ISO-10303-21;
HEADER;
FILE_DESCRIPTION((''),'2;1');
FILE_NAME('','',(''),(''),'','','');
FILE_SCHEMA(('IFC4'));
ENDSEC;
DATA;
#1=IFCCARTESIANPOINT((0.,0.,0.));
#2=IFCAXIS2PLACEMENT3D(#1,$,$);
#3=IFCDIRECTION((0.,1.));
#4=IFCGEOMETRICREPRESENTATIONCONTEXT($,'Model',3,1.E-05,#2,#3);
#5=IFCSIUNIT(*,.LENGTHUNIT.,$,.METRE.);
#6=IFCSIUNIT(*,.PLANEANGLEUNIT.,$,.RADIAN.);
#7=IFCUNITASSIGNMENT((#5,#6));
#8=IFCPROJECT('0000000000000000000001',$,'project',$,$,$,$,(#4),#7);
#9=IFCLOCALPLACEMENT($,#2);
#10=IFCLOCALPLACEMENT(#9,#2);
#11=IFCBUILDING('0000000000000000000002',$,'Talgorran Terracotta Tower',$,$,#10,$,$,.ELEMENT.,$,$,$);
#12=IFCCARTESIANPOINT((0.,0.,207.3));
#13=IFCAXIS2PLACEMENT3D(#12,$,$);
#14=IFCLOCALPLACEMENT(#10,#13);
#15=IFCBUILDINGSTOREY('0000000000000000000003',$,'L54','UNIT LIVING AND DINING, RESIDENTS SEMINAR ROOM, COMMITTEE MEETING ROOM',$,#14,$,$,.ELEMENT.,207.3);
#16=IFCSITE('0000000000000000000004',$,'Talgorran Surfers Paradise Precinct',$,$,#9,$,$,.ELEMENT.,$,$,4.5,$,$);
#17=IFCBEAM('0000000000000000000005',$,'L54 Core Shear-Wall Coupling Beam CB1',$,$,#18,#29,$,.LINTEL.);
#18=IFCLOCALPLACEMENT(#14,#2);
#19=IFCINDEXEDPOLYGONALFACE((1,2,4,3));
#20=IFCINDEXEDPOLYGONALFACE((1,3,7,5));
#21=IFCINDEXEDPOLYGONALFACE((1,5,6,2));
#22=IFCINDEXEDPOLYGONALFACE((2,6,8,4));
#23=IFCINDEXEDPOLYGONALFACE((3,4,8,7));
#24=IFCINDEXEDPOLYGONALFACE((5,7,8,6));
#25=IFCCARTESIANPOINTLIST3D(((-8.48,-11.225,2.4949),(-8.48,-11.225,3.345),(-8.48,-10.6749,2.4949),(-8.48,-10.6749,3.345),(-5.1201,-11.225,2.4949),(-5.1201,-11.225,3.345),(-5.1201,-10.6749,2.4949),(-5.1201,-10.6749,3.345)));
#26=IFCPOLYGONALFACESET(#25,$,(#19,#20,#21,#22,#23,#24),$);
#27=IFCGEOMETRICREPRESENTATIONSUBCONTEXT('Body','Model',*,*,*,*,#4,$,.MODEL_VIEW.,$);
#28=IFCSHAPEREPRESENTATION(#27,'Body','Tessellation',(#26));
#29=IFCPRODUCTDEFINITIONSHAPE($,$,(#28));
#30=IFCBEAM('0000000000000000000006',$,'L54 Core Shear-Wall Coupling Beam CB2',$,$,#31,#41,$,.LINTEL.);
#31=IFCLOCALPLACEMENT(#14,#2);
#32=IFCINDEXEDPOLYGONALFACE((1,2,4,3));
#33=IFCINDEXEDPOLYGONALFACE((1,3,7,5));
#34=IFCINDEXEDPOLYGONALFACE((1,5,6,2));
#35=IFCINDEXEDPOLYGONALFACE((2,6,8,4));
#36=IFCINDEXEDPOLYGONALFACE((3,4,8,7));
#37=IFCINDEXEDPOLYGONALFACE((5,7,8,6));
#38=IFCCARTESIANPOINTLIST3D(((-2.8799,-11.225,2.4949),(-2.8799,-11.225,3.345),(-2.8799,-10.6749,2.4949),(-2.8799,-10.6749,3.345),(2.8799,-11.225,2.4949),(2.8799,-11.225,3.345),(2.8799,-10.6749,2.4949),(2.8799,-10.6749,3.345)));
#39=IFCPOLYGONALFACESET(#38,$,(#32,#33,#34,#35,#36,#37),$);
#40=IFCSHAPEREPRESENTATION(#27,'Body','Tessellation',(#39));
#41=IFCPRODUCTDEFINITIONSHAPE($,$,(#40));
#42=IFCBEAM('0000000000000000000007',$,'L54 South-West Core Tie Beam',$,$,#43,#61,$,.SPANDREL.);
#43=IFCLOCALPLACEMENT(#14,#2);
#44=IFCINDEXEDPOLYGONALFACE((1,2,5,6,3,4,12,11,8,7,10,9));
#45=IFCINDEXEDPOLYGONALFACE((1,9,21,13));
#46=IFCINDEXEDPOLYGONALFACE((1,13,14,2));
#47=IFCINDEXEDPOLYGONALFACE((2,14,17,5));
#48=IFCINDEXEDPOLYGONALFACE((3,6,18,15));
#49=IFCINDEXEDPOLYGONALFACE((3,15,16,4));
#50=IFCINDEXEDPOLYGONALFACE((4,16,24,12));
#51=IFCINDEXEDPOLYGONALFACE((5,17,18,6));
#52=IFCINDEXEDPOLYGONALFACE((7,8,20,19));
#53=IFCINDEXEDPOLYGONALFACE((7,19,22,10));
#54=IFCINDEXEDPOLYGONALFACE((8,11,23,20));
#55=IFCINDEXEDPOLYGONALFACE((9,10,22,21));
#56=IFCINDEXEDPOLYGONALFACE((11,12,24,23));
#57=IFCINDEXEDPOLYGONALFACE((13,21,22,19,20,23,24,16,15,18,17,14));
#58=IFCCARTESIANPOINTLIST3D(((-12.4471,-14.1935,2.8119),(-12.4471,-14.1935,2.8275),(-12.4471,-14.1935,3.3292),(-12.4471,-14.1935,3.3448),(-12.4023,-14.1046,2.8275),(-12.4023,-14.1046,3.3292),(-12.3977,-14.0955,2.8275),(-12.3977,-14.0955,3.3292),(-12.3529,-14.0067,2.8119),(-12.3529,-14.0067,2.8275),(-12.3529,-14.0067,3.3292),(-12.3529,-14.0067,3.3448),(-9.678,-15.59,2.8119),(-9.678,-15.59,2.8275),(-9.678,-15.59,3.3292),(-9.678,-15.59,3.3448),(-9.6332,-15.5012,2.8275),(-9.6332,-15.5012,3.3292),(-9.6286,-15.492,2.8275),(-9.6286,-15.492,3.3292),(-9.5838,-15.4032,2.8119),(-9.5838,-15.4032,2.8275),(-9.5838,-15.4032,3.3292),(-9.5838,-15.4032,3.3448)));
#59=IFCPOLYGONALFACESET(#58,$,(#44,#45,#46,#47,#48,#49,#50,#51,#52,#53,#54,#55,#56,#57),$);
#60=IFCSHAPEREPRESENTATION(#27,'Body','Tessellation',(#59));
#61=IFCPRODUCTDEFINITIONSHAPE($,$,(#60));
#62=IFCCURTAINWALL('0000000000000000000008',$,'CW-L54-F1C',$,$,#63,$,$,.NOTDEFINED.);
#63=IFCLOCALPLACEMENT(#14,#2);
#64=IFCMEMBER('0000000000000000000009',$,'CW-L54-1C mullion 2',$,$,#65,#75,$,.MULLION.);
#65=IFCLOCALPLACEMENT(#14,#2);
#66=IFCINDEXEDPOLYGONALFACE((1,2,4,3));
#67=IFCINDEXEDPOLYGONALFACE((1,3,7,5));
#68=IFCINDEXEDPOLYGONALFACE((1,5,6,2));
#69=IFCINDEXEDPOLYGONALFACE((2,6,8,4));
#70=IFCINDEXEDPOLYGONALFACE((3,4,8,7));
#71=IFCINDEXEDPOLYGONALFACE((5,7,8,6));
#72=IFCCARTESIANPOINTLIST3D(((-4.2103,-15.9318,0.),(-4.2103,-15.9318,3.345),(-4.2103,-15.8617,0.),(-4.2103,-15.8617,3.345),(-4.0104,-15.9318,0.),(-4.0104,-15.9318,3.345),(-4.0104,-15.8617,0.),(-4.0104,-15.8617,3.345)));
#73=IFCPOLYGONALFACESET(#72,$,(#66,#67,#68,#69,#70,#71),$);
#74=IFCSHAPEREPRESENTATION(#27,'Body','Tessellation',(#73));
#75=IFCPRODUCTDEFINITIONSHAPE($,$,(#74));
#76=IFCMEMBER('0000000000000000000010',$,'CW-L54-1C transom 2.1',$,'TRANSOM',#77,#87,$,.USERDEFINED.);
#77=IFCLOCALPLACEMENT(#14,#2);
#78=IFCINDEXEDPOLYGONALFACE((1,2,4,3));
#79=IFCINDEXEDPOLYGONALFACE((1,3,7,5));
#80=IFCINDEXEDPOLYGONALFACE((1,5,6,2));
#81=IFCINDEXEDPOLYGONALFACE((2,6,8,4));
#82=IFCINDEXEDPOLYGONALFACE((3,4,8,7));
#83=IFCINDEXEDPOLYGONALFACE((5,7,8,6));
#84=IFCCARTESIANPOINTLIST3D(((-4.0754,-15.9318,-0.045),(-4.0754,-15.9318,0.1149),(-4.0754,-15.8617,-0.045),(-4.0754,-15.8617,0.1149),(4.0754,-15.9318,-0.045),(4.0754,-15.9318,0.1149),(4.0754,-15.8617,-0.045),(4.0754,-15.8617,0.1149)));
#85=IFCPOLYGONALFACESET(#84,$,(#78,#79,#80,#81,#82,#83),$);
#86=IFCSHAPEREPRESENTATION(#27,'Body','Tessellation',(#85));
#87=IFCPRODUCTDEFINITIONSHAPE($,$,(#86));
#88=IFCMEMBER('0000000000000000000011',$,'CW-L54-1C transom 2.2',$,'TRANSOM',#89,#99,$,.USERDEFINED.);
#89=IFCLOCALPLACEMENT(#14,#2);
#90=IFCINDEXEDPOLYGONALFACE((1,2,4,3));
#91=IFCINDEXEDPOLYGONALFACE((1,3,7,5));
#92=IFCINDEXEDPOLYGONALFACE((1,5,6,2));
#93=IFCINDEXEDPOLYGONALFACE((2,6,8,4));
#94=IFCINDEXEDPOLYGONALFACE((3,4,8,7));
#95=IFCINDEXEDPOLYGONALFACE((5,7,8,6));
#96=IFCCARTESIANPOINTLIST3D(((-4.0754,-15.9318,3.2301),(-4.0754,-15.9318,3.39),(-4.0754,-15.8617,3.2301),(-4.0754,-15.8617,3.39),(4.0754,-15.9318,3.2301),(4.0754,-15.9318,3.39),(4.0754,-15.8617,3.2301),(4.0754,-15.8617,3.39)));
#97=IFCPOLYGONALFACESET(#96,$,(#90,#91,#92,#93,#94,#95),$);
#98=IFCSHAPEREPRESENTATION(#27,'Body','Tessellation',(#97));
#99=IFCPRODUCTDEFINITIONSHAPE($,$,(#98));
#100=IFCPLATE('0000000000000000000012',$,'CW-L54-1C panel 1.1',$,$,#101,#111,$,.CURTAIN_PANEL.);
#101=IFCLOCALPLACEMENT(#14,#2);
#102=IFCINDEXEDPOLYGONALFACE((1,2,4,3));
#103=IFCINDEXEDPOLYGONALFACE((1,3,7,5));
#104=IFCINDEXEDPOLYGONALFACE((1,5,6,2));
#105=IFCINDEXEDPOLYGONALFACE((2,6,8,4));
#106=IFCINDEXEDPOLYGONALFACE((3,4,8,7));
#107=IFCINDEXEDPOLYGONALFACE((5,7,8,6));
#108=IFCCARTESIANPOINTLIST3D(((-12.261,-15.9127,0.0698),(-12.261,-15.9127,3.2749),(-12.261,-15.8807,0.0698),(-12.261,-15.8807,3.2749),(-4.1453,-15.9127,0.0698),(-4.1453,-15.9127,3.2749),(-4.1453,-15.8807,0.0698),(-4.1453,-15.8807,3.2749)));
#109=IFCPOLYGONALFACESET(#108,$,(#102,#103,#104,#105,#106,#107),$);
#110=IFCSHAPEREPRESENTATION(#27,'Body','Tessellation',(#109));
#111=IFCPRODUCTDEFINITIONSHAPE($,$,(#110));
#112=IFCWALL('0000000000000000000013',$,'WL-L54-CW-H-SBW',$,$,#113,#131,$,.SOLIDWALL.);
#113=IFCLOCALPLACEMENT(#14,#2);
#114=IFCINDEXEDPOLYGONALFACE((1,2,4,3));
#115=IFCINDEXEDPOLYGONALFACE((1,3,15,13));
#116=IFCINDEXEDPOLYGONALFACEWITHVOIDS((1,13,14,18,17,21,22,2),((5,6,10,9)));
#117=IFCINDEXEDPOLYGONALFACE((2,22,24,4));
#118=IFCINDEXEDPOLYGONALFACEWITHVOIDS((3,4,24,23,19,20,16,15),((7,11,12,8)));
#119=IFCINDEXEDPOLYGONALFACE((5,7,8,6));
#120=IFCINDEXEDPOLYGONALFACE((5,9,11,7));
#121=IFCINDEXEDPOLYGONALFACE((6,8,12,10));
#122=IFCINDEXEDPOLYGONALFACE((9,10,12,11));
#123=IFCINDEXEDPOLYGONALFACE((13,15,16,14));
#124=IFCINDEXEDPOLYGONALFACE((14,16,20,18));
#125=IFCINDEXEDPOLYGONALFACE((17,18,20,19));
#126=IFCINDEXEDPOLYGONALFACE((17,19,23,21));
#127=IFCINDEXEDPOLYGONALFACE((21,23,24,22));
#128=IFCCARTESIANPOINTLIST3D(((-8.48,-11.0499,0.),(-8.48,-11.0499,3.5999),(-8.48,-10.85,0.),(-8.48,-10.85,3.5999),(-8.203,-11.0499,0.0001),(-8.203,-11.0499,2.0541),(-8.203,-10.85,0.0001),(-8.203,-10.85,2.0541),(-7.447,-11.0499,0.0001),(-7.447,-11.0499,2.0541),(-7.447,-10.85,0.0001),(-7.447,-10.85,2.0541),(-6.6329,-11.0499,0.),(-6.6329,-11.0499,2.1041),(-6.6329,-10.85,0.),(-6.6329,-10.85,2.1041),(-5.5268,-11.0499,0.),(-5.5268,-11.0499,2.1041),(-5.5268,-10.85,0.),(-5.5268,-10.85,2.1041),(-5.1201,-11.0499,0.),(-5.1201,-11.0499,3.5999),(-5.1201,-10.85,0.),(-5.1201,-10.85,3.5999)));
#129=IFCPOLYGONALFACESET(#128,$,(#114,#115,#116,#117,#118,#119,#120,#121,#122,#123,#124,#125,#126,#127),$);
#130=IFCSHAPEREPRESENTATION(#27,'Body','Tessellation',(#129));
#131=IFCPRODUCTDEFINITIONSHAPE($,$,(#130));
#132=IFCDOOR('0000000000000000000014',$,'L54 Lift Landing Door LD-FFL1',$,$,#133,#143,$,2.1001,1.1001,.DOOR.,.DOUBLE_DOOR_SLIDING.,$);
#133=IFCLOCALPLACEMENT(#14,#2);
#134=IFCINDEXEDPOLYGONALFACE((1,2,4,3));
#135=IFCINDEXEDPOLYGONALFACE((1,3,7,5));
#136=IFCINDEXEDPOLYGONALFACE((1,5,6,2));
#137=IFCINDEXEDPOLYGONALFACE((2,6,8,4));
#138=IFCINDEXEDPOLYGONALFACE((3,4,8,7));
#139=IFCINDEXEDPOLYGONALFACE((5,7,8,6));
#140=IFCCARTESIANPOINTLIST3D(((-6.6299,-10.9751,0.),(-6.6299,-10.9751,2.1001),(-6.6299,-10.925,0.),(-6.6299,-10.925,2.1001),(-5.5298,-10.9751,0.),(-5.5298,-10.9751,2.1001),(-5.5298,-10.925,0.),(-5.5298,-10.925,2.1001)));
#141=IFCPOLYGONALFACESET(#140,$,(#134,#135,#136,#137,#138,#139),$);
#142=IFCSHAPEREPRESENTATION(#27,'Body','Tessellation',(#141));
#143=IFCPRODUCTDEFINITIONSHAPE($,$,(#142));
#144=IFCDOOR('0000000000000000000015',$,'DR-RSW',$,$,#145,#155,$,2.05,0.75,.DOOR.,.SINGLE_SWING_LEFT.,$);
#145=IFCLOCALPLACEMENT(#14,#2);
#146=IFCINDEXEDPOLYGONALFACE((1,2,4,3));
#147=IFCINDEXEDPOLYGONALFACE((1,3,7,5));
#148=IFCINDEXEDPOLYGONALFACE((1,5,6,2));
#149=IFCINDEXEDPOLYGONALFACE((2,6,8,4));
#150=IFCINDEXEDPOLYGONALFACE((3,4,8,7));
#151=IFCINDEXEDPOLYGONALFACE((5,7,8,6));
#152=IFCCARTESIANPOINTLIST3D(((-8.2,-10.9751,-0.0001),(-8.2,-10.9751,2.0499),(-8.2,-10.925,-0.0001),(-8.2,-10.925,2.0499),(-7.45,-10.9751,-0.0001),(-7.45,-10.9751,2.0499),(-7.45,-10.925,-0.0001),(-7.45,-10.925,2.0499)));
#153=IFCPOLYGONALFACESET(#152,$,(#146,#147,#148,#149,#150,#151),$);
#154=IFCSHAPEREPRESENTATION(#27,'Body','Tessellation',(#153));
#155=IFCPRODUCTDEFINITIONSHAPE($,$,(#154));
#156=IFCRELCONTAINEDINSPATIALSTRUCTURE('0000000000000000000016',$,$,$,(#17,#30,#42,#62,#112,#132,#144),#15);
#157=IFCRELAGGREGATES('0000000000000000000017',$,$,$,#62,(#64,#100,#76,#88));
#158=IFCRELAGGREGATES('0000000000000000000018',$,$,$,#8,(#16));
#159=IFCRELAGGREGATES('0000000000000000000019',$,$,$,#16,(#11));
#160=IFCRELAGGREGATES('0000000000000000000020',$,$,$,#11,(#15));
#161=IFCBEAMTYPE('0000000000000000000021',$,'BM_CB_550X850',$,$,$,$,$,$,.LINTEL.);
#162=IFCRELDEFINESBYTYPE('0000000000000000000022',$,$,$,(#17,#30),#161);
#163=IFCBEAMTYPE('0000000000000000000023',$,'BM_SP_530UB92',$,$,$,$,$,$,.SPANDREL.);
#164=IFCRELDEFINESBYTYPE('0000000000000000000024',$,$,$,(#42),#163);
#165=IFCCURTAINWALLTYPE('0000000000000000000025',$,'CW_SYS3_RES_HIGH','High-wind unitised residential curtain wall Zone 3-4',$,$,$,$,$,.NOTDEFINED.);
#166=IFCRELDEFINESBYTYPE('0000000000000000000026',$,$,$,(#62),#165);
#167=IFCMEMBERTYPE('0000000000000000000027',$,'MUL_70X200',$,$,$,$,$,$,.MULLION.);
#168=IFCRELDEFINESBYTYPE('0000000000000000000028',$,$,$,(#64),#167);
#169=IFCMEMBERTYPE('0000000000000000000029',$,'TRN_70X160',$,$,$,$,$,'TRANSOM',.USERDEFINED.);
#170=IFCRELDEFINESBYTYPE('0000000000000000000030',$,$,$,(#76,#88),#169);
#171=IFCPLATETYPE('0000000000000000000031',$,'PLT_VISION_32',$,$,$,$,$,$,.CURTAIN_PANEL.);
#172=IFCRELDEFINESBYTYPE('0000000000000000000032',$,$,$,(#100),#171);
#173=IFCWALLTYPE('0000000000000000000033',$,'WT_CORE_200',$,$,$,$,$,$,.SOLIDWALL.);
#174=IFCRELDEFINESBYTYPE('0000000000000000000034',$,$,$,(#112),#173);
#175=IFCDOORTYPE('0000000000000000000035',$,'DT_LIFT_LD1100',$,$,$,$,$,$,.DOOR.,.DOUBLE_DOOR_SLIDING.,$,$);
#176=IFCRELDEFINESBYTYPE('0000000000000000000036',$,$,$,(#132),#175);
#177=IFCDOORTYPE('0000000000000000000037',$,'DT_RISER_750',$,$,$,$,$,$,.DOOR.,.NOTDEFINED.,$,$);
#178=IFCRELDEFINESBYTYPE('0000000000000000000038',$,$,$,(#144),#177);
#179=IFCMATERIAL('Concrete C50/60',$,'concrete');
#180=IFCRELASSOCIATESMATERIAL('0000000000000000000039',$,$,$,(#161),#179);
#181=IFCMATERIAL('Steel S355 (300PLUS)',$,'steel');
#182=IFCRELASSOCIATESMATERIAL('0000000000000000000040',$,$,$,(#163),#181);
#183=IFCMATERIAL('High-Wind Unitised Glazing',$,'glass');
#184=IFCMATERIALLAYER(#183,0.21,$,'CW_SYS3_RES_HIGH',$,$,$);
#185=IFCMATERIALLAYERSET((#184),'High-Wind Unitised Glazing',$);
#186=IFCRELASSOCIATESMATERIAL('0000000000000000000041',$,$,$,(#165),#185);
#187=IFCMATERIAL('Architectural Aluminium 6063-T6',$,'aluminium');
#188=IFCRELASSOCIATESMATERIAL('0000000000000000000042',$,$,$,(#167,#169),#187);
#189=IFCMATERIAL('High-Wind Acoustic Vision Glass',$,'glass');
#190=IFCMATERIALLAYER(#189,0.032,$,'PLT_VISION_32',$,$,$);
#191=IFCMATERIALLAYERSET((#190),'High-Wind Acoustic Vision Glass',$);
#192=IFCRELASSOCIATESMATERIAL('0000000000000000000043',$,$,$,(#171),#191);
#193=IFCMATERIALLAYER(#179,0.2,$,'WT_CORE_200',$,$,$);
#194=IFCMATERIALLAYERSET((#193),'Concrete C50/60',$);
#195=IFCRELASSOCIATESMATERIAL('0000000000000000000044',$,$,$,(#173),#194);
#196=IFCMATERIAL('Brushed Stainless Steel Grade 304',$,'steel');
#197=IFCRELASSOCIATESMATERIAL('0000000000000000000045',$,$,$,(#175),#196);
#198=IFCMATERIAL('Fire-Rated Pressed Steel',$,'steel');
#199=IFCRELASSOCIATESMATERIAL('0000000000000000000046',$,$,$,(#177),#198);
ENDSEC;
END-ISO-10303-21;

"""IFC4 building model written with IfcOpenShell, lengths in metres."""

from ifc_helpers import new_model, si_unit, direction, frame, frame_2d, origin, origin_2d, place, context, subcontext, project, spatial, rectangle, i_section, extrude, source, transform, mapped, material, layer, layer_set, material_profile, profile_set, type_object, type_shapes, element, fill, aggregate, save


model = new_model("IFC4")

# Units and contexts
model_context = context("Model", 3, precision=1e-05, world=origin(), true_north=direction((0.0, 1.0)))
body_context = subcontext(model_context, "Body", "Model", "MODEL_VIEW")
ifc_project = project(units=[si_unit("LENGTHUNIT", "METRE"), si_unit("PLANEANGLEUNIT", "RADIAN")], contexts=[model_context])

# Site, building, storey
site_placement = place(None, origin())
site = spatial("IfcSite", under=ifc_project, at=site_placement, Name="Talgorran Surfers Paradise Precinct", CompositionType="ELEMENT", RefElevation=4.5)
building_placement = place(site_placement, origin())
building = spatial("IfcBuilding", under=site, at=building_placement, Name="Talgorran Terracotta Tower", CompositionType="ELEMENT")
storey_placement = place(building_placement, frame((0.0, 0.0, 207.3)))
storey = spatial("IfcBuildingStorey", under=building, at=storey_placement, Name="L54", Description="UNIT LIVING AND DINING, RESIDENTS SEMINAR ROOM, COMMITTEE MEETING ROOM", CompositionType="ELEMENT", Elevation=207.3)

# Beams
ifc_material_1 = material(Name="Concrete C50/60", Category="concrete")
ifc_material_profile_1 = material_profile(ifc_material_1, rectangle(XDim=0.55, YDim=0.8501, at=origin_2d()), Name="RCCB550X850")
ifc_profile_set_1 = profile_set([ifc_material_profile_1], Name="Concrete C50/60")
beam_type_1 = type_object("IfcBeamType", Name="BM_CB_550X850", PredefinedType="LINTEL", material=ifc_profile_set_1)
beam_1_placement = place(storey_placement, frame((-8.48, -10.95, 2.9199), z_axis=(1.0, 0.0, 0.0), x_axis=(0.0, 1.0, 0.0)))
element("IfcBeam", 1, at=beam_1_placement, inside=storey, type_object=beam_type_1, Name="L54 Core Shear-Wall Coupling Beam CB1", PredefinedType="LINTEL", context=body_context, shape_type="SweptSolid", body=[
    extrude(rectangle(XDim=0.55, YDim=0.8501, at=origin_2d()), origin(), (0.0, 0.0, 1.0), 3.3599),
])
beam_2_placement = place(storey_placement, frame((-2.8799, -10.95, 2.9199), z_axis=(1.0, 0.0, 0.0), x_axis=(0.0, 1.0, 0.0)))
element("IfcBeam", 2, at=beam_2_placement, inside=storey, type_object=beam_type_1, Name="L54 Core Shear-Wall Coupling Beam CB2", PredefinedType="LINTEL", context=body_context, shape_type="SweptSolid", body=[
    extrude(rectangle(XDim=0.55, YDim=0.8501, at=origin_2d()), origin(), (0.0, 0.0, 1.0), 5.7598),
])
ifc_material_2 = material(Name="Steel S355 (300PLUS)", Category="steel")
ifc_material_profile_2 = material_profile(ifc_material_2, i_section(OverallWidth=0.2092, OverallDepth=0.533, WebThickness=0.0103, FlangeThickness=0.0156, at=origin_2d()), Name="530UB92.4")
ifc_profile_set_2 = profile_set([ifc_material_profile_2], Name="Steel S355 (300PLUS)")
beam_type_2 = type_object("IfcBeamType", Name="BM_SP_530UB92", PredefinedType="SPANDREL", material=ifc_profile_set_2)
beam_3_placement = place(storey_placement, frame((-9.6309, -15.4966, 3.0784), z_axis=(-0.892879, 0.450297, 0.0), x_axis=(-0.450297, -0.892879, 0.0)))
element("IfcBeam", 3, at=beam_3_placement, inside=storey, type_object=beam_type_2, Name="L54 South-West Core Tie Beam", PredefinedType="SPANDREL", context=body_context, shape_type="SweptSolid", body=[
    extrude(i_section(OverallWidth=0.2092, OverallDepth=0.533, WebThickness=0.0103, FlangeThickness=0.0156, at=origin_2d()), origin(), (0.0, 0.0, 1.0), 3.1013),
])

# Curtain wall, members, plate
ifc_material_3 = material(Name="High-Wind Unitised Glazing", Category="glass")
ifc_layer_1 = layer(ifc_material_3, 0.21, Name="CW_SYS3_RES_HIGH")
ifc_layer_set_1 = layer_set([ifc_layer_1], Name="High-Wind Unitised Glazing")
curtain_wall_type = type_object("IfcCurtainWallType", Name="CW_SYS3_RES_HIGH", Description="High-wind unitised residential curtain wall Zone 3-4", PredefinedType="NOTDEFINED", material=ifc_layer_set_1)
curtain_wall_placement = place(storey_placement, origin())
curtain_wall = element("IfcCurtainWall", 4, at=curtain_wall_placement, inside=storey, type_object=curtain_wall_type, Name="CW-L54-F1C", PredefinedType="NOTDEFINED")
ifc_material_4 = material(Name="Architectural Aluminium 6063-T6", Category="aluminium")
ifc_material_profile_3 = material_profile(ifc_material_4, rectangle(XDim=0.0701, YDim=0.2, at=origin_2d()), Name="CWM70X200")
ifc_profile_set_3 = profile_set([ifc_material_profile_3], Name="Architectural Aluminium 6063-T6")
member_type_1 = type_object("IfcMemberType", Name="MUL_70X200", PredefinedType="MULLION", material=ifc_profile_set_3)
member_1_placement = place(storey_placement, frame((-4.1104, -15.8967, 0.0), z_axis=(0.0, 0.0, 1.0), x_axis=(0.0, 1.0, 0.0)))
member_1 = element("IfcMember", 5, at=member_1_placement, type_object=member_type_1, Name="CW-L54-1C mullion 2", PredefinedType="MULLION", context=body_context, shape_type="SweptSolid", body=[
    extrude(rectangle(XDim=0.0701, YDim=0.2, at=origin_2d()), origin(), (0.0, 0.0, 1.0), 3.345),
])
ifc_material_profile_4 = material_profile(ifc_material_4, rectangle(XDim=0.0701, YDim=0.1599, at=origin_2d()), Name="CWT70X160")
ifc_profile_set_4 = profile_set([ifc_material_profile_4], Name="Architectural Aluminium 6063-T6")
member_type_2 = type_object("IfcMemberType", Name="TRN_70X160", ElementType="TRANSOM", PredefinedType="USERDEFINED", material=ifc_profile_set_4)
member_2_placement = place(storey_placement, frame((-4.0754, -15.8967, 0.0349), z_axis=(1.0, 0.0, 0.0), x_axis=(0.0, 1.0, 0.0)))
member_2 = element("IfcMember", 6, at=member_2_placement, type_object=member_type_2, Name="CW-L54-1C transom 2.1", ObjectType="TRANSOM", PredefinedType="USERDEFINED", context=body_context, shape_type="SweptSolid", body=[
    extrude(rectangle(XDim=0.0701, YDim=0.1599, at=origin_2d()), origin(), (0.0, 0.0, 1.0), 8.1509),
])
member_3_placement = place(storey_placement, frame((-4.0754, -15.8967, 3.3101), z_axis=(1.0, 0.0, 0.0), x_axis=(0.0, 1.0, 0.0)))
member_3 = element("IfcMember", 7, at=member_3_placement, type_object=member_type_2, Name="CW-L54-1C transom 2.2", ObjectType="TRANSOM", PredefinedType="USERDEFINED", context=body_context, shape_type="SweptSolid", body=[
    extrude(rectangle(XDim=0.0701, YDim=0.1599, at=origin_2d()), origin(), (0.0, 0.0, 1.0), 8.1509),
])
ifc_material_5 = material(Name="High-Wind Acoustic Vision Glass", Category="glass")
ifc_layer_2 = layer(ifc_material_5, 0.032, Name="PLT_VISION_32")
ifc_layer_set_2 = layer_set([ifc_layer_2], Name="High-Wind Acoustic Vision Glass")
plate_type = type_object("IfcPlateType", Name="PLT_VISION_32", PredefinedType="CURTAIN_PANEL", material=ifc_layer_set_2)
shared_shape = source(origin(), body_context, "Body", "SweptSolid", [
    extrude(rectangle(XDim=8.1157, YDim=0.032, at=origin_2d()), origin(), (0.0, 0.0, 1.0), 3.2051),
])
type_shapes(plate_type, [shared_shape])
plate_placement = place(storey_placement, frame((-8.2031, -15.8967, 0.0698), z_axis=(0.0, 0.0, 1.0), x_axis=(1.0, 0.0, 0.0)))
plate = element("IfcPlate", 8, at=plate_placement, type_object=plate_type, Name="CW-L54-1C panel 1.1", PredefinedType="CURTAIN_PANEL", context=body_context, shape_type="MappedRepresentation", body=[
    mapped(shared_shape, transform((0.0, 0.0, 0.0), scale=1.0)),
])
aggregate(curtain_wall, [member_1, plate, member_2, member_3])

# Wall, openings, doors
ifc_layer_3 = layer(ifc_material_1, 0.2, Name="WT_CORE_200")
ifc_layer_set_3 = layer_set([ifc_layer_3], Name="Concrete C50/60")
wall_type_1 = type_object("IfcWallType", Name="WT_CORE_200", PredefinedType="SOLIDWALL", material=ifc_layer_set_3)
wall_1_placement = place(storey_placement, frame((-8.48, -10.95, 0.0), z_axis=(0.0, 0.0, 1.0), x_axis=(1.0, 0.0, 0.0)))
wall_1 = element("IfcWall", 9, at=wall_1_placement, inside=storey, type_object=wall_type_1, Name="WL-L54-CW-H-SBW", PredefinedType="SOLIDWALL", context=body_context, shape_type="SweptSolid", body=[
    extrude(rectangle(XDim=3.3599, YDim=0.2, at=frame_2d((1.6799, 0.0))), origin(), (0.0, 0.0, 1.0), 3.5999),
])
opening_1_placement = place(wall_1_placement, frame((0.28, 0.0, 0.0)))
opening_1 = element("IfcOpeningElement", 10, at=opening_1_placement, cuts=wall_1, PredefinedType="OPENING", context=body_context, shape_type="SweptSolid", body=[
    extrude(rectangle(XDim=0.756, YDim=2.054, at=frame_2d((0.375, 1.0271))), frame((0.0, 0.1099, 0.0), z_axis=(0.0, -1.0, 0.0), x_axis=(1.0, 0.0, 0.0)), (0.0, 0.0, 1.0), 0.22),
])
opening_2_placement = place(wall_1_placement, frame((1.8501, 0.0, 0.0)))
opening_2 = element("IfcOpeningElement", 11, at=opening_2_placement, cuts=wall_1, PredefinedType="OPENING", context=body_context, shape_type="SweptSolid", body=[
    extrude(rectangle(XDim=1.1061, YDim=2.1041, at=frame_2d((0.55, 1.052))), frame((0.0, 0.1099, 0.0), z_axis=(0.0, -1.0, 0.0), x_axis=(1.0, 0.0, 0.0)), (0.0, 0.0, 1.0), 0.22),
])
ifc_material_6 = material(Name="Brushed Stainless Steel Grade 304", Category="steel")
door_type_1 = type_object("IfcDoorType", Name="DT_LIFT_LD1100", OperationType="DOUBLE_DOOR_SLIDING", PredefinedType="DOOR", material=ifc_material_6)
door_1_placement = place(opening_2_placement, origin())
door_1 = element("IfcDoor", 12, at=door_1_placement, inside=storey, type_object=door_type_1, Name="L54 Lift Landing Door LD-FFL1", OperationType="DOUBLE_DOOR_SLIDING", OverallHeight=2.1001, OverallWidth=1.1001, PredefinedType="DOOR", context=body_context, shape_type="SweptSolid", body=[
    extrude(rectangle(XDim=1.1001, YDim=2.1001, at=frame_2d((0.55, 1.05))), frame((0.0, 0.0249, 0.0), z_axis=(0.0, -1.0, 0.0), x_axis=(1.0, 0.0, 0.0)), (0.0, 0.0, 1.0), 0.05),
])
fill(opening_2, door_1)
ifc_material_7 = material(Name="Fire-Rated Pressed Steel", Category="steel")
door_type_2 = type_object("IfcDoorType", Name="DT_RISER_750", OperationType="NOTDEFINED", PredefinedType="DOOR", material=ifc_material_7)
door_2_placement = place(opening_1_placement, origin())
door_2 = element("IfcDoor", 13, at=door_2_placement, inside=storey, type_object=door_type_2, Name="DR-RSW", OperationType="SINGLE_SWING_LEFT", OverallHeight=2.05, OverallWidth=0.75, PredefinedType="DOOR", context=body_context, shape_type="SweptSolid", body=[
    extrude(rectangle(XDim=0.75, YDim=2.05, at=frame_2d((0.375, 1.0249))), frame((0.0, 0.0249, 0.0), z_axis=(0.0, -1.0, 0.0), x_axis=(1.0, 0.0, 0.0)), (0.0, 0.0, 1.0), 0.05),
])
fill(opening_1, door_2)

save(model, "model.ifc")
